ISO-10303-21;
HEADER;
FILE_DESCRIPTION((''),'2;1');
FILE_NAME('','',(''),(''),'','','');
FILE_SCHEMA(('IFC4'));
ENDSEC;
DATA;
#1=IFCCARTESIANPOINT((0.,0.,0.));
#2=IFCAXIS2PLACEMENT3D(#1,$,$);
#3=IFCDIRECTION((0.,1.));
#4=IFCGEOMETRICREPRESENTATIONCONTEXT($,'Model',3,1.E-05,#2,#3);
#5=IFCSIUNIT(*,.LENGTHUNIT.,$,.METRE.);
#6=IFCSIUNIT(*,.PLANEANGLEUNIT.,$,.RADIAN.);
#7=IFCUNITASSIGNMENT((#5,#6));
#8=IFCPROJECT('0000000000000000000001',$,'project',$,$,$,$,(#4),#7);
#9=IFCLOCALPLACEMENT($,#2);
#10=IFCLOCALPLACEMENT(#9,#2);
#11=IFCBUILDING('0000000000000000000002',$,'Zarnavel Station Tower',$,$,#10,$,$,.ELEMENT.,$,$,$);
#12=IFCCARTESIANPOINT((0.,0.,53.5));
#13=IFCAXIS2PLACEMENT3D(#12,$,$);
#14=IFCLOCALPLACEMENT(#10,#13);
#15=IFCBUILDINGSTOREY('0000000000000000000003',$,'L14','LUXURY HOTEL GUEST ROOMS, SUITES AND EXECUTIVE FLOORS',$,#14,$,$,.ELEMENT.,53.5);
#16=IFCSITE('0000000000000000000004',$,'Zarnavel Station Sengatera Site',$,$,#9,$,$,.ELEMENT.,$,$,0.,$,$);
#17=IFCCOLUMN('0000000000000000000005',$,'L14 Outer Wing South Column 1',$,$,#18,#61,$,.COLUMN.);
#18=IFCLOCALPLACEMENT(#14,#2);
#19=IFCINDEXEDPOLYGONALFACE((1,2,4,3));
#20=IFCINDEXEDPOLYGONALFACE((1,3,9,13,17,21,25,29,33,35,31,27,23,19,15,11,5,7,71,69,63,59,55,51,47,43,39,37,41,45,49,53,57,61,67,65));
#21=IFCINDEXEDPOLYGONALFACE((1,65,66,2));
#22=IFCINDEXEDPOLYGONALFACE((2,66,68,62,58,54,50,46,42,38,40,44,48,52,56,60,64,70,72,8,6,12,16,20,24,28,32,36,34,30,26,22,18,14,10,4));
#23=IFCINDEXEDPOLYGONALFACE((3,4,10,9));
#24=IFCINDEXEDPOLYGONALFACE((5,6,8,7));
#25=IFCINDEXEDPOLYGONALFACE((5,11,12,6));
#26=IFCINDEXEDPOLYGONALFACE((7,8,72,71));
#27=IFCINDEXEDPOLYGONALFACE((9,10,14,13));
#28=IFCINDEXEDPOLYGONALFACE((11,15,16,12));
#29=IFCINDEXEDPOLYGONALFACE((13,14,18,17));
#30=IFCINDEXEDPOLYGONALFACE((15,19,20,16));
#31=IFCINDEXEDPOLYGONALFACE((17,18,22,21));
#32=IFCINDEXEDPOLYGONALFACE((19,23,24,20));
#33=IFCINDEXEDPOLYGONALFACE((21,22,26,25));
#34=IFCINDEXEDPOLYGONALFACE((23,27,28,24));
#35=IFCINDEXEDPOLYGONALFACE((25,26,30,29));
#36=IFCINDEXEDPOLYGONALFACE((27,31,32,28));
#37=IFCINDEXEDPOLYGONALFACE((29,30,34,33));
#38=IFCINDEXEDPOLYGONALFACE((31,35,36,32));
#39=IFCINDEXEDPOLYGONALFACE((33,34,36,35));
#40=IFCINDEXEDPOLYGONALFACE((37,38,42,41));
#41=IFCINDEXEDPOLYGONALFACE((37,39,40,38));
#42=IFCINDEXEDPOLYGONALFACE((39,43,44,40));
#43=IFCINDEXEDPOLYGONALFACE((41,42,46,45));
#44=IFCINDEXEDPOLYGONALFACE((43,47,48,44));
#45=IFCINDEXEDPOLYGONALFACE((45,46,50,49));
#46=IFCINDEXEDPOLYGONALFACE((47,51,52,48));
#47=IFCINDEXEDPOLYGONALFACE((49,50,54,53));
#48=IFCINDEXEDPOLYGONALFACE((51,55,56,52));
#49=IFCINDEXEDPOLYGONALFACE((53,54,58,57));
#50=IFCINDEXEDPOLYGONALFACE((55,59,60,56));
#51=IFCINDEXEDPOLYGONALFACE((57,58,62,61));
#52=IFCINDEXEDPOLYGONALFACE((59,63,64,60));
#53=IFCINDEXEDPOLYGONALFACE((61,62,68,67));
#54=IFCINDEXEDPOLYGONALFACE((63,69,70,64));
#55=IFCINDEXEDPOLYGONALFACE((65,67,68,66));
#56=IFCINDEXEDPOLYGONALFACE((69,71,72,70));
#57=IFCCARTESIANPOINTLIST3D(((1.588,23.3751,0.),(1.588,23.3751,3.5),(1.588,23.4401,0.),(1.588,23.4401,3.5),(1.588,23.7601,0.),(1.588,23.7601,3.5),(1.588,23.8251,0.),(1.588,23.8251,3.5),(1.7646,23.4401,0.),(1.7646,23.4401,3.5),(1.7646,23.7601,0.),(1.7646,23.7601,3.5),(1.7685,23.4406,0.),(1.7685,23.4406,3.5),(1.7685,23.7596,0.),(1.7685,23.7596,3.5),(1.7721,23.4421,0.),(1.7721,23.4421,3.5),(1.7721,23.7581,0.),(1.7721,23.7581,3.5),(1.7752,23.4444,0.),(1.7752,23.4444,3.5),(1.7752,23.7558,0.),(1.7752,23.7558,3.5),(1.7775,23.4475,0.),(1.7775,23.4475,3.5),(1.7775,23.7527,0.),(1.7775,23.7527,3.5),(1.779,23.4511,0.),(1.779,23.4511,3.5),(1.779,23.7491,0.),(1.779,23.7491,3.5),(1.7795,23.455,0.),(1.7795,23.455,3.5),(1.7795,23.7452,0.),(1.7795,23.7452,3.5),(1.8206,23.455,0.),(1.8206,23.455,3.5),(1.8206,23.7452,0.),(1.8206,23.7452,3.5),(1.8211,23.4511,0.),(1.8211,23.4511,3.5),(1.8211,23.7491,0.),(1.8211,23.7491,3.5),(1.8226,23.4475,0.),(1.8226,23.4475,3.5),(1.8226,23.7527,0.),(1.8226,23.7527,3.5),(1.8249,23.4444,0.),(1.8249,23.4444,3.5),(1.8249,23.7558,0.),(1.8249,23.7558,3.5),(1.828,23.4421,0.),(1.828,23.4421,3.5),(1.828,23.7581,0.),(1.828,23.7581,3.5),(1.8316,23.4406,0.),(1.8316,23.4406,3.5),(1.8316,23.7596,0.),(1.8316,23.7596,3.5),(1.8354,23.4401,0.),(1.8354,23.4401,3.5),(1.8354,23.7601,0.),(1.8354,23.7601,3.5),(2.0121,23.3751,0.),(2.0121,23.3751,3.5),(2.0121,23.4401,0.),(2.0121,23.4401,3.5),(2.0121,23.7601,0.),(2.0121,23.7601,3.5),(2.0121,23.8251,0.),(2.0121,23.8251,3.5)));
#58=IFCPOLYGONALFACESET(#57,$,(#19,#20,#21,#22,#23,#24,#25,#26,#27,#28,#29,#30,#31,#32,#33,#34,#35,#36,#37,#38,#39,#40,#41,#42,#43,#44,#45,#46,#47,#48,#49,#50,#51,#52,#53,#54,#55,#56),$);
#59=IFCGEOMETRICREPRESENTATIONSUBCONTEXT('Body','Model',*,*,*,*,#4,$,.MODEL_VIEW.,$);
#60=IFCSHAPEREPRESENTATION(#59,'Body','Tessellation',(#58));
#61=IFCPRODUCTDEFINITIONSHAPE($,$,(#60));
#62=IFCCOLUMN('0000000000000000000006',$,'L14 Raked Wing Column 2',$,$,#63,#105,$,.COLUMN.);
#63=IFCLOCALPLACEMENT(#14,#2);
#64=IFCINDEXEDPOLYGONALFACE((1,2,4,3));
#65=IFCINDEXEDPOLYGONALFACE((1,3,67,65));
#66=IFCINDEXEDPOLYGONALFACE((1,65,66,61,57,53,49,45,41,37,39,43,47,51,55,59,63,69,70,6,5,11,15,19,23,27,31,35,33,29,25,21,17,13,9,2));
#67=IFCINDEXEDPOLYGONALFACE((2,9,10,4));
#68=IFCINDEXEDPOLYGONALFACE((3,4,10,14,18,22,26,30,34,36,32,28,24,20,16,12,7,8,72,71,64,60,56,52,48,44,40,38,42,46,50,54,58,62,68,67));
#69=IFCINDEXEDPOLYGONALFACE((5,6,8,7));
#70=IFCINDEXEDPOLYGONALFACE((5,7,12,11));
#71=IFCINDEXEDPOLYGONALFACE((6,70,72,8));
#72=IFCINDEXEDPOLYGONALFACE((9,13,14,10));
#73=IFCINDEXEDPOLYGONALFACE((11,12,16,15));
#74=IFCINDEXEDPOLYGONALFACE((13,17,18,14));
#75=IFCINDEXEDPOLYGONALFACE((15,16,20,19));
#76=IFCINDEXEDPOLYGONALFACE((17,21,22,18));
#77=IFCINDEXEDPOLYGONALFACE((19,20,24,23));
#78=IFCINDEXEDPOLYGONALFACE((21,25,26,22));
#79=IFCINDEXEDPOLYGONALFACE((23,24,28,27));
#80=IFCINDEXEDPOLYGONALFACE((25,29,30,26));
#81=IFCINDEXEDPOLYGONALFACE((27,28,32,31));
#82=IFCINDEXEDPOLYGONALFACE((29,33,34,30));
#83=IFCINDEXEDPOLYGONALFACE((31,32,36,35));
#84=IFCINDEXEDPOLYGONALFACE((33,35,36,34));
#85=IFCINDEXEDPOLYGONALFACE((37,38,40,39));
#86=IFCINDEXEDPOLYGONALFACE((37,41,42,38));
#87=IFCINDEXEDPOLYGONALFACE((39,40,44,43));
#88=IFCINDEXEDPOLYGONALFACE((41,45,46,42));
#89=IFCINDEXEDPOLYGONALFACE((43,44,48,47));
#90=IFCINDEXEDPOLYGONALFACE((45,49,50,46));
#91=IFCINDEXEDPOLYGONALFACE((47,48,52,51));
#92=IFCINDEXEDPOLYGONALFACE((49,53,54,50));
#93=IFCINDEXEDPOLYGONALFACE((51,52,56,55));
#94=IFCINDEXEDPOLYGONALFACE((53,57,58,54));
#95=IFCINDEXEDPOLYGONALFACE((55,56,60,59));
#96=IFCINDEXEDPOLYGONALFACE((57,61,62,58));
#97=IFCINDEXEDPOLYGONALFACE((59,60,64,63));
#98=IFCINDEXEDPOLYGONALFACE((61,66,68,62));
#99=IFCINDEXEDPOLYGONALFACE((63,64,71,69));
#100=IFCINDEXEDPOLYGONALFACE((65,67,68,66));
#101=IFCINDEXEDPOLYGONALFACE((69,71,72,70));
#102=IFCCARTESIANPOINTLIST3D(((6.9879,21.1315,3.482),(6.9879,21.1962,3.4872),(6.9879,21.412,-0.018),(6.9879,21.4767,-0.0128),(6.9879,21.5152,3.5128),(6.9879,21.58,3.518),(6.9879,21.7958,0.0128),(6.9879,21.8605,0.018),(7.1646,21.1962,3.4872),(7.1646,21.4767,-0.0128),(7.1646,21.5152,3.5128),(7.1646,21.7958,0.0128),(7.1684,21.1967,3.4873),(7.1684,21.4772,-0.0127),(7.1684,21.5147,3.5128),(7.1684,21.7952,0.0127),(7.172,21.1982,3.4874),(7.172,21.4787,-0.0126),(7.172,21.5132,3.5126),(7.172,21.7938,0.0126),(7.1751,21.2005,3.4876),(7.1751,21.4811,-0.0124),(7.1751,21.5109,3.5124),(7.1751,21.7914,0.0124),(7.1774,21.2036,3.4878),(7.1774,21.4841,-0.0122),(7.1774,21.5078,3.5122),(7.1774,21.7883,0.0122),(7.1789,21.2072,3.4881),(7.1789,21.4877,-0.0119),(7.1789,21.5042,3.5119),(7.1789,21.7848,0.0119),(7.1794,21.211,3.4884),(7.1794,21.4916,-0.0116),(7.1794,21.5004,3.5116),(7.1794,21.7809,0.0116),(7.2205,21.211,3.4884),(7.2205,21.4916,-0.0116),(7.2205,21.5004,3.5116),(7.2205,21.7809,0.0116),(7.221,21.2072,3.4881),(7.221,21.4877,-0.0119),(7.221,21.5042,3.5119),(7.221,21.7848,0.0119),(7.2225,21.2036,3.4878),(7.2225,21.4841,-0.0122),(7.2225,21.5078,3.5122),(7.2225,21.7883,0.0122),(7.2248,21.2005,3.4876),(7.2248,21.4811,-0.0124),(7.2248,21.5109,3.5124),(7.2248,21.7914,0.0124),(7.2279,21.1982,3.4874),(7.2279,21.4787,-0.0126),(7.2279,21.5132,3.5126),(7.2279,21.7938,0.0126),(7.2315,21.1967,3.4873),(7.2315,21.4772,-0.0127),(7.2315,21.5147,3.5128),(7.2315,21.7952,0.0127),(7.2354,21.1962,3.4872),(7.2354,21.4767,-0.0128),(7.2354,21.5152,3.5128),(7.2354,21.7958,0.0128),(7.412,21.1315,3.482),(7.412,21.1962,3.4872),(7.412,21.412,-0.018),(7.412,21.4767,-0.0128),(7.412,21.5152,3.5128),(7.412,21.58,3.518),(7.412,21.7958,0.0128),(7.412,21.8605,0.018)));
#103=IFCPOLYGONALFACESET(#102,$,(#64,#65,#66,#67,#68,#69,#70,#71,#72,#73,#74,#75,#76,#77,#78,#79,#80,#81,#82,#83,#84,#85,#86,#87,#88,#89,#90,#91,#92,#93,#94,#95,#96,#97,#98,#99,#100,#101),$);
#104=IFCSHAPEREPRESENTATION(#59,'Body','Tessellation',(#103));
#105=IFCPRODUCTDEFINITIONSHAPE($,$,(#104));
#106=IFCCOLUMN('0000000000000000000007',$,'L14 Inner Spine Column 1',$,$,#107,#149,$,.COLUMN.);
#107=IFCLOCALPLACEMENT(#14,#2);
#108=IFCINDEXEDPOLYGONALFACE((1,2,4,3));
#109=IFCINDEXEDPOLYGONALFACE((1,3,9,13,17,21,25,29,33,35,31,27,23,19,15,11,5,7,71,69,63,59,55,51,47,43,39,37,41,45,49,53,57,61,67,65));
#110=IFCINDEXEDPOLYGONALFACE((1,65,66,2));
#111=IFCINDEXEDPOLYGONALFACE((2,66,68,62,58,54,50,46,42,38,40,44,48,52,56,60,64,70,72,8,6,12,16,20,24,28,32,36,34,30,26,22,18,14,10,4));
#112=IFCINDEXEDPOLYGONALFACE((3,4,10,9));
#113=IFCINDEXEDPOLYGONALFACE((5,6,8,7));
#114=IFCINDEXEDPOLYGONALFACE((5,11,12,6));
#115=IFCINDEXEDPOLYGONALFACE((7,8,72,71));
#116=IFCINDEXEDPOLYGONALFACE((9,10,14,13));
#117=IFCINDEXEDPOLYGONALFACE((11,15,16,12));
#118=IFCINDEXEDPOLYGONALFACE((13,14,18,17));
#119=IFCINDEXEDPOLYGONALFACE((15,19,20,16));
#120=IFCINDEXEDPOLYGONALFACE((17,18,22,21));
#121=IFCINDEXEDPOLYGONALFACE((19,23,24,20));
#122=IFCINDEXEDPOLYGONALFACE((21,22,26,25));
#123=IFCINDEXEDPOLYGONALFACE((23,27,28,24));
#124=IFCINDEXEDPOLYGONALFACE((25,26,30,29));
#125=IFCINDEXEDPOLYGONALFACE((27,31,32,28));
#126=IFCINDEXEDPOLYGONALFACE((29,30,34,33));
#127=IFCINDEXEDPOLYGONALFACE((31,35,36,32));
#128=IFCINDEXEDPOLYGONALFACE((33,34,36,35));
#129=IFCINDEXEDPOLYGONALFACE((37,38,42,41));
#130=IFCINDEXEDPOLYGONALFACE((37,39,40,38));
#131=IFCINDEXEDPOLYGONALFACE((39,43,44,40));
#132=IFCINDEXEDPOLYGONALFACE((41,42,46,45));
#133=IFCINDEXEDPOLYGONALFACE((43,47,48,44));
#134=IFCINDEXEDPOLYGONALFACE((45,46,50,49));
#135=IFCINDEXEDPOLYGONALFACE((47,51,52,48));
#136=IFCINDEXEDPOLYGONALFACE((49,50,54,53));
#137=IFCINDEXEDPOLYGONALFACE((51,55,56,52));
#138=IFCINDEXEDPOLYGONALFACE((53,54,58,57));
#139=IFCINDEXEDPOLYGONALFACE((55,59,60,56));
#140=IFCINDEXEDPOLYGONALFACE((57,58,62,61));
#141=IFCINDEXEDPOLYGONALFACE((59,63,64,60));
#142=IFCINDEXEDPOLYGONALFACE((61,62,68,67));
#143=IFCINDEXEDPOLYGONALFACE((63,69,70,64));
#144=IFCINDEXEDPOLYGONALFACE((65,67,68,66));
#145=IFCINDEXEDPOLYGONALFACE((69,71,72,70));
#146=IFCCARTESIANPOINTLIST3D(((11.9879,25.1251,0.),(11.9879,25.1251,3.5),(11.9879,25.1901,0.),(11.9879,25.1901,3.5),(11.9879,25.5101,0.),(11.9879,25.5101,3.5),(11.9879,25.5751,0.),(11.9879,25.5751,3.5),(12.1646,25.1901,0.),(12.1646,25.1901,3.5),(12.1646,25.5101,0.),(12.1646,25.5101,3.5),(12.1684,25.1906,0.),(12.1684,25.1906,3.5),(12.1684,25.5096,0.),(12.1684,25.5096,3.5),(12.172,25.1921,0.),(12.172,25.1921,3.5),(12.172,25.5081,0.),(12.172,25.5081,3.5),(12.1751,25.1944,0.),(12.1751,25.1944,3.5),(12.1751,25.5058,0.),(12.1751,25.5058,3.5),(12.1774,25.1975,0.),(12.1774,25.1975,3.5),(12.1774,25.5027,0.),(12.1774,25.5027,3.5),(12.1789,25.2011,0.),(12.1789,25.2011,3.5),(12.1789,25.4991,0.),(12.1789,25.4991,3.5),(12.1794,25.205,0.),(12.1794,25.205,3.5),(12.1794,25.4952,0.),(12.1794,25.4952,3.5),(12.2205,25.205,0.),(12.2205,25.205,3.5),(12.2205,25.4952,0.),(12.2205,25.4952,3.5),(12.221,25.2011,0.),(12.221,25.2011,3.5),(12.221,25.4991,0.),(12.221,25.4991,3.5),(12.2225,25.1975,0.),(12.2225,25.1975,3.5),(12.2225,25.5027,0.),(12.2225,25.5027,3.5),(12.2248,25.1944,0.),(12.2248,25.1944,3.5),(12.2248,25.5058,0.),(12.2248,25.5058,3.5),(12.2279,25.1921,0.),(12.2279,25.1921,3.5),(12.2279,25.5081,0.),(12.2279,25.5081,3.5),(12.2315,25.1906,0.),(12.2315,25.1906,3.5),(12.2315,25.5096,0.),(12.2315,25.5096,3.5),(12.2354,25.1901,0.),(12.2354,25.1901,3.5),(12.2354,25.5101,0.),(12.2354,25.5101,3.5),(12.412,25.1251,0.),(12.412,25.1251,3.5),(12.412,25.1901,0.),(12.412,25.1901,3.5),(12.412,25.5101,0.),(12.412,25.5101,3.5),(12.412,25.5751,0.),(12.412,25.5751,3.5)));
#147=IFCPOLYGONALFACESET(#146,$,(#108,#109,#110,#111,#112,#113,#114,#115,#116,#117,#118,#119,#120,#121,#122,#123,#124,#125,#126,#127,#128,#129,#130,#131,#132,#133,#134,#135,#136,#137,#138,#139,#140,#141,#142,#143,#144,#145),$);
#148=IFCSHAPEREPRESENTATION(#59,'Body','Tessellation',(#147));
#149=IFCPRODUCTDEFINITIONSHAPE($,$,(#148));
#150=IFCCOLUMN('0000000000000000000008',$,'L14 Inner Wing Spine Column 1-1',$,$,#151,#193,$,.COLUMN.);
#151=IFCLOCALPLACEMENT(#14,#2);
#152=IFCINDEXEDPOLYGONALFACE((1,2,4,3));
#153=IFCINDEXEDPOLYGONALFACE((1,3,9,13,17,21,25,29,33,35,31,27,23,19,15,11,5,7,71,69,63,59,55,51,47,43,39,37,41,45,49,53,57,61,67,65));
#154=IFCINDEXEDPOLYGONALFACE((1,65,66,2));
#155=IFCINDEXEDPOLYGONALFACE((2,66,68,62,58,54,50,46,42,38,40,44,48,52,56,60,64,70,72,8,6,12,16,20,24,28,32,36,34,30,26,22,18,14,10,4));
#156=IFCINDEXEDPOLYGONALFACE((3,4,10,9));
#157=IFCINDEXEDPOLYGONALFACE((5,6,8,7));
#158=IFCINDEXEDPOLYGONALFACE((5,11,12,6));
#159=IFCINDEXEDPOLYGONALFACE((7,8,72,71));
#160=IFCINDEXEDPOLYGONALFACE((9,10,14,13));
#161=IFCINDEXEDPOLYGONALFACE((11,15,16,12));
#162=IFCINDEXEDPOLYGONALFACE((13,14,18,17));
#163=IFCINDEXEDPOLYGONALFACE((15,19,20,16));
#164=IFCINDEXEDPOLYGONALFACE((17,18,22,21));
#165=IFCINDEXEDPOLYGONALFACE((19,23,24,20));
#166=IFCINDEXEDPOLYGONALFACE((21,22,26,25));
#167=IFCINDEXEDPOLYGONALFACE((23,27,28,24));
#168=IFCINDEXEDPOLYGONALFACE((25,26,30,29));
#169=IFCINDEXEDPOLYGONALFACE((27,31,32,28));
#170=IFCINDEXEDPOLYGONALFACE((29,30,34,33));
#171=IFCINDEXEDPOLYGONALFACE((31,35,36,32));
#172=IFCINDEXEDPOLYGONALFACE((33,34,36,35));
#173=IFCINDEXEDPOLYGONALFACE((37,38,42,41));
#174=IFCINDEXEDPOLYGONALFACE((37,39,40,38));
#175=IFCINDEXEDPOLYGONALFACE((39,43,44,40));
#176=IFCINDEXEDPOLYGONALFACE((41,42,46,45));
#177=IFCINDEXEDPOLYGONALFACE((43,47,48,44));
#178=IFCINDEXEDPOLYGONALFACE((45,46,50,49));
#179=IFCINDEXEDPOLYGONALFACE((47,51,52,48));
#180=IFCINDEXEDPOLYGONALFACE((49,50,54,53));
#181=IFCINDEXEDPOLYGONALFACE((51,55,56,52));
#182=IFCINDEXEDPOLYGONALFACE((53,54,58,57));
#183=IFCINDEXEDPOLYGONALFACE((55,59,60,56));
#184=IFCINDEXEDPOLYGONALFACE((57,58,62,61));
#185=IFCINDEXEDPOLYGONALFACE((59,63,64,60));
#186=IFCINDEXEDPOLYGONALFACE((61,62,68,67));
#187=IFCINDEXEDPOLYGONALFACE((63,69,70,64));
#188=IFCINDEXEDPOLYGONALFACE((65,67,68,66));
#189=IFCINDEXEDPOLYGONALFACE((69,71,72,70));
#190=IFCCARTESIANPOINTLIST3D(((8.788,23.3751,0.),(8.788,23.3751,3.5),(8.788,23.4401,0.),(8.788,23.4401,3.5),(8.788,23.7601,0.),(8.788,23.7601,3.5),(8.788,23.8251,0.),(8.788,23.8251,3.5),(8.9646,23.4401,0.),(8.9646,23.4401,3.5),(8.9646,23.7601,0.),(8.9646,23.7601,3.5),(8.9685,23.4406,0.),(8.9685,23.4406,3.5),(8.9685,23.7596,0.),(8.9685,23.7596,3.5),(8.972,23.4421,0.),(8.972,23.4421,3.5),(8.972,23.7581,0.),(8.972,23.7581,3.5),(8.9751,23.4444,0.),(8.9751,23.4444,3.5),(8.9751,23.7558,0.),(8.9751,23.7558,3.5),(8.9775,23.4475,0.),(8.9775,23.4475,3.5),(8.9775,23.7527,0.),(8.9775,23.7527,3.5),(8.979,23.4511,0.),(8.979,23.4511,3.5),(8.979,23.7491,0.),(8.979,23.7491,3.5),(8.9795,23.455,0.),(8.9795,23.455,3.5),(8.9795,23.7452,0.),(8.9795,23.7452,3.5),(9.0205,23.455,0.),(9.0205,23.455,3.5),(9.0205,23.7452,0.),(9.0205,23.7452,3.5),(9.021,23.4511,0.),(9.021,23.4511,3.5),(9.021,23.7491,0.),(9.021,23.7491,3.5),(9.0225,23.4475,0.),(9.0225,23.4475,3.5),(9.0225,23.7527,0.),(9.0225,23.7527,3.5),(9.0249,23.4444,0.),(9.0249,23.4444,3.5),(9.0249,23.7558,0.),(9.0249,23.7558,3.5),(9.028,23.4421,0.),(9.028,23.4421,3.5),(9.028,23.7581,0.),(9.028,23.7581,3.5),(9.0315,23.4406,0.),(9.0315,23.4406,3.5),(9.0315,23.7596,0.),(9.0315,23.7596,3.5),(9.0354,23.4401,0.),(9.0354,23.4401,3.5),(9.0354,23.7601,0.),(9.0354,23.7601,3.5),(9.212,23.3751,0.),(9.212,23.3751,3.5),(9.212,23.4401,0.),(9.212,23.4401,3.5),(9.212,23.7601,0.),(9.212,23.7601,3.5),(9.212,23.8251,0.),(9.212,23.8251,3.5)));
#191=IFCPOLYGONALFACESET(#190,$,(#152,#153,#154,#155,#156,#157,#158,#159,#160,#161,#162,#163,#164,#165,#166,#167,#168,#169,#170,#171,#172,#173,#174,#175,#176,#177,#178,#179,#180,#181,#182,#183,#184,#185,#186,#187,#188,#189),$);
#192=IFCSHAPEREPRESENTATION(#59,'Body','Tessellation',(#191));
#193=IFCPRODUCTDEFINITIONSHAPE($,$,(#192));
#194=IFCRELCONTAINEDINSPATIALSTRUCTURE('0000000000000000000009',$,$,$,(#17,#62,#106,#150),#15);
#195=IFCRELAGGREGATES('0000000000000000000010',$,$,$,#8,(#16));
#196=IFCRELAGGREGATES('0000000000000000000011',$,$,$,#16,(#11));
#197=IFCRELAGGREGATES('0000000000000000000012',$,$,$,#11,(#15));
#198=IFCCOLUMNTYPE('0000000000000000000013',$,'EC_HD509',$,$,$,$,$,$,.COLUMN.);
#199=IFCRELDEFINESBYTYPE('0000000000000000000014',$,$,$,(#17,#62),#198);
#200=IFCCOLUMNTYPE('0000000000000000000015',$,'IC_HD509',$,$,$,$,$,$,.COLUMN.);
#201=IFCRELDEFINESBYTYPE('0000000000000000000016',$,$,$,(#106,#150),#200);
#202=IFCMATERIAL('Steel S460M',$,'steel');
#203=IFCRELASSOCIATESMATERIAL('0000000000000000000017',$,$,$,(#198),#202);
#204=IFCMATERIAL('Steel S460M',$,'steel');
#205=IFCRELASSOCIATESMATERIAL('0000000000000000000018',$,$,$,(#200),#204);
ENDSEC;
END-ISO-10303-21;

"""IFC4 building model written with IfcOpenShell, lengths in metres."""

from ifc_helpers import new_model, si_unit, direction, frame, origin, origin_2d, place, context, subcontext, project, spatial, i_section, extrude, material, material_profile, profile_set, type_object, element, save


model = new_model("IFC4")

# Units and contexts
model_context = context("Model", 3, precision=1e-05, world=origin(), true_north=direction((0.0, 1.0)))
body_context = subcontext(model_context, "Body", "Model", "MODEL_VIEW")
ifc_project = project(units=[si_unit("LENGTHUNIT", "METRE"), si_unit("PLANEANGLEUNIT", "RADIAN")], contexts=[model_context])

# Site, building, storey
site_placement = place(None, origin())
site = spatial("IfcSite", under=ifc_project, at=site_placement, Name="Zarnavel Station Sengatera Site", CompositionType="ELEMENT", RefElevation=0.0)
building_placement = place(site_placement, origin())
building = spatial("IfcBuilding", under=site, at=building_placement, Name="Zarnavel Station Tower", CompositionType="ELEMENT")
storey_placement = place(building_placement, frame((0.0, 0.0, 53.5)))
storey = spatial("IfcBuildingStorey", under=building, at=storey_placement, Name="L14", Description="LUXURY HOTEL GUEST ROOMS, SUITES AND EXECUTIVE FLOORS", CompositionType="ELEMENT", Elevation=53.5)

# Columns
ifc_material_1 = material(Name="Steel S460M", Category="steel")
ifc_material_profile_1 = material_profile(ifc_material_1, i_section(OverallWidth=0.4241, OverallDepth=0.45, WebThickness=0.041, FlangeThickness=0.0649, FilletRadius=0.0149, at=origin_2d()), Name="HD400x509")
ifc_profile_set_1 = profile_set([ifc_material_profile_1], Name="Steel S460M")
column_type_1 = type_object("IfcColumnType", Name="EC_HD509", PredefinedType="COLUMN", material=ifc_profile_set_1)
column_1_placement = place(storey_placement, frame((1.8, 23.6001, 0.0), z_axis=(0.0, 0.0, 1.0), x_axis=(1.0, 0.0, 0.0)))
element("IfcColumn", 1, at=column_1_placement, inside=storey, type_object=column_type_1, Name="L14 Outer Wing South Column 1", PredefinedType="COLUMN", context=body_context, shape_type="SweptSolid", body=[
    extrude(i_section(OverallWidth=0.4241, OverallDepth=0.45, WebThickness=0.041, FlangeThickness=0.0649, FilletRadius=0.0149, at=origin_2d()), origin(), (0.0, 0.0, 1.0), 3.5),
])
column_2_placement = place(storey_placement, frame((7.2, 21.6362, 0.0), z_axis=(0.0, -0.079892, 0.996804), x_axis=(1.0, 0.0, 0.0)))
element("IfcColumn", 2, at=column_2_placement, inside=storey, type_object=column_type_1, Name="L14 Raked Wing Column 2", PredefinedType="COLUMN", context=body_context, shape_type="SweptSolid", body=[
    extrude(i_section(OverallWidth=0.4241, OverallDepth=0.45, WebThickness=0.041, FlangeThickness=0.0649, FilletRadius=0.0149, at=origin_2d()), origin(), (0.0, 0.0, 1.0), 3.5112),
])
ifc_material_2 = material(Name="Steel S460M", Category="steel")
ifc_material_profile_2 = material_profile(ifc_material_2, i_section(OverallWidth=0.4241, OverallDepth=0.45, WebThickness=0.041, FlangeThickness=0.0649, FilletRadius=0.0149, at=origin_2d()), Name="HD400x509")
ifc_profile_set_2 = profile_set([ifc_material_profile_2], Name="Steel S460M")
column_type_2 = type_object("IfcColumnType", Name="IC_HD509", PredefinedType="COLUMN", material=ifc_profile_set_2)
for number, where, z_axis, x_axis, name in (
    (3, (12.2, 25.3501, 0.0), (0.0, 0.0, 1.0), (1.0, 0.0, 0.0), "L14 Inner Spine Column 1"),
    (4, (9.0, 23.6001, 0.0), (0.0, 0.0, 1.0), (1.0, 0.0, 0.0), "L14 Inner Wing Spine Column 1-1"),
):
    element("IfcColumn", number, at=place(storey_placement, frame(where, z_axis=z_axis, x_axis=x_axis)), inside=storey, type_object=column_type_2, Name=name, PredefinedType="COLUMN", context=body_context, shape_type="SweptSolid", body=[
        extrude(i_section(OverallWidth=0.4241, OverallDepth=0.45, WebThickness=0.041, FlangeThickness=0.0649, FilletRadius=0.0149, at=origin_2d()), origin(), (0.0, 0.0, 1.0), 3.5),
    ])

save(model, "model.ifc")
